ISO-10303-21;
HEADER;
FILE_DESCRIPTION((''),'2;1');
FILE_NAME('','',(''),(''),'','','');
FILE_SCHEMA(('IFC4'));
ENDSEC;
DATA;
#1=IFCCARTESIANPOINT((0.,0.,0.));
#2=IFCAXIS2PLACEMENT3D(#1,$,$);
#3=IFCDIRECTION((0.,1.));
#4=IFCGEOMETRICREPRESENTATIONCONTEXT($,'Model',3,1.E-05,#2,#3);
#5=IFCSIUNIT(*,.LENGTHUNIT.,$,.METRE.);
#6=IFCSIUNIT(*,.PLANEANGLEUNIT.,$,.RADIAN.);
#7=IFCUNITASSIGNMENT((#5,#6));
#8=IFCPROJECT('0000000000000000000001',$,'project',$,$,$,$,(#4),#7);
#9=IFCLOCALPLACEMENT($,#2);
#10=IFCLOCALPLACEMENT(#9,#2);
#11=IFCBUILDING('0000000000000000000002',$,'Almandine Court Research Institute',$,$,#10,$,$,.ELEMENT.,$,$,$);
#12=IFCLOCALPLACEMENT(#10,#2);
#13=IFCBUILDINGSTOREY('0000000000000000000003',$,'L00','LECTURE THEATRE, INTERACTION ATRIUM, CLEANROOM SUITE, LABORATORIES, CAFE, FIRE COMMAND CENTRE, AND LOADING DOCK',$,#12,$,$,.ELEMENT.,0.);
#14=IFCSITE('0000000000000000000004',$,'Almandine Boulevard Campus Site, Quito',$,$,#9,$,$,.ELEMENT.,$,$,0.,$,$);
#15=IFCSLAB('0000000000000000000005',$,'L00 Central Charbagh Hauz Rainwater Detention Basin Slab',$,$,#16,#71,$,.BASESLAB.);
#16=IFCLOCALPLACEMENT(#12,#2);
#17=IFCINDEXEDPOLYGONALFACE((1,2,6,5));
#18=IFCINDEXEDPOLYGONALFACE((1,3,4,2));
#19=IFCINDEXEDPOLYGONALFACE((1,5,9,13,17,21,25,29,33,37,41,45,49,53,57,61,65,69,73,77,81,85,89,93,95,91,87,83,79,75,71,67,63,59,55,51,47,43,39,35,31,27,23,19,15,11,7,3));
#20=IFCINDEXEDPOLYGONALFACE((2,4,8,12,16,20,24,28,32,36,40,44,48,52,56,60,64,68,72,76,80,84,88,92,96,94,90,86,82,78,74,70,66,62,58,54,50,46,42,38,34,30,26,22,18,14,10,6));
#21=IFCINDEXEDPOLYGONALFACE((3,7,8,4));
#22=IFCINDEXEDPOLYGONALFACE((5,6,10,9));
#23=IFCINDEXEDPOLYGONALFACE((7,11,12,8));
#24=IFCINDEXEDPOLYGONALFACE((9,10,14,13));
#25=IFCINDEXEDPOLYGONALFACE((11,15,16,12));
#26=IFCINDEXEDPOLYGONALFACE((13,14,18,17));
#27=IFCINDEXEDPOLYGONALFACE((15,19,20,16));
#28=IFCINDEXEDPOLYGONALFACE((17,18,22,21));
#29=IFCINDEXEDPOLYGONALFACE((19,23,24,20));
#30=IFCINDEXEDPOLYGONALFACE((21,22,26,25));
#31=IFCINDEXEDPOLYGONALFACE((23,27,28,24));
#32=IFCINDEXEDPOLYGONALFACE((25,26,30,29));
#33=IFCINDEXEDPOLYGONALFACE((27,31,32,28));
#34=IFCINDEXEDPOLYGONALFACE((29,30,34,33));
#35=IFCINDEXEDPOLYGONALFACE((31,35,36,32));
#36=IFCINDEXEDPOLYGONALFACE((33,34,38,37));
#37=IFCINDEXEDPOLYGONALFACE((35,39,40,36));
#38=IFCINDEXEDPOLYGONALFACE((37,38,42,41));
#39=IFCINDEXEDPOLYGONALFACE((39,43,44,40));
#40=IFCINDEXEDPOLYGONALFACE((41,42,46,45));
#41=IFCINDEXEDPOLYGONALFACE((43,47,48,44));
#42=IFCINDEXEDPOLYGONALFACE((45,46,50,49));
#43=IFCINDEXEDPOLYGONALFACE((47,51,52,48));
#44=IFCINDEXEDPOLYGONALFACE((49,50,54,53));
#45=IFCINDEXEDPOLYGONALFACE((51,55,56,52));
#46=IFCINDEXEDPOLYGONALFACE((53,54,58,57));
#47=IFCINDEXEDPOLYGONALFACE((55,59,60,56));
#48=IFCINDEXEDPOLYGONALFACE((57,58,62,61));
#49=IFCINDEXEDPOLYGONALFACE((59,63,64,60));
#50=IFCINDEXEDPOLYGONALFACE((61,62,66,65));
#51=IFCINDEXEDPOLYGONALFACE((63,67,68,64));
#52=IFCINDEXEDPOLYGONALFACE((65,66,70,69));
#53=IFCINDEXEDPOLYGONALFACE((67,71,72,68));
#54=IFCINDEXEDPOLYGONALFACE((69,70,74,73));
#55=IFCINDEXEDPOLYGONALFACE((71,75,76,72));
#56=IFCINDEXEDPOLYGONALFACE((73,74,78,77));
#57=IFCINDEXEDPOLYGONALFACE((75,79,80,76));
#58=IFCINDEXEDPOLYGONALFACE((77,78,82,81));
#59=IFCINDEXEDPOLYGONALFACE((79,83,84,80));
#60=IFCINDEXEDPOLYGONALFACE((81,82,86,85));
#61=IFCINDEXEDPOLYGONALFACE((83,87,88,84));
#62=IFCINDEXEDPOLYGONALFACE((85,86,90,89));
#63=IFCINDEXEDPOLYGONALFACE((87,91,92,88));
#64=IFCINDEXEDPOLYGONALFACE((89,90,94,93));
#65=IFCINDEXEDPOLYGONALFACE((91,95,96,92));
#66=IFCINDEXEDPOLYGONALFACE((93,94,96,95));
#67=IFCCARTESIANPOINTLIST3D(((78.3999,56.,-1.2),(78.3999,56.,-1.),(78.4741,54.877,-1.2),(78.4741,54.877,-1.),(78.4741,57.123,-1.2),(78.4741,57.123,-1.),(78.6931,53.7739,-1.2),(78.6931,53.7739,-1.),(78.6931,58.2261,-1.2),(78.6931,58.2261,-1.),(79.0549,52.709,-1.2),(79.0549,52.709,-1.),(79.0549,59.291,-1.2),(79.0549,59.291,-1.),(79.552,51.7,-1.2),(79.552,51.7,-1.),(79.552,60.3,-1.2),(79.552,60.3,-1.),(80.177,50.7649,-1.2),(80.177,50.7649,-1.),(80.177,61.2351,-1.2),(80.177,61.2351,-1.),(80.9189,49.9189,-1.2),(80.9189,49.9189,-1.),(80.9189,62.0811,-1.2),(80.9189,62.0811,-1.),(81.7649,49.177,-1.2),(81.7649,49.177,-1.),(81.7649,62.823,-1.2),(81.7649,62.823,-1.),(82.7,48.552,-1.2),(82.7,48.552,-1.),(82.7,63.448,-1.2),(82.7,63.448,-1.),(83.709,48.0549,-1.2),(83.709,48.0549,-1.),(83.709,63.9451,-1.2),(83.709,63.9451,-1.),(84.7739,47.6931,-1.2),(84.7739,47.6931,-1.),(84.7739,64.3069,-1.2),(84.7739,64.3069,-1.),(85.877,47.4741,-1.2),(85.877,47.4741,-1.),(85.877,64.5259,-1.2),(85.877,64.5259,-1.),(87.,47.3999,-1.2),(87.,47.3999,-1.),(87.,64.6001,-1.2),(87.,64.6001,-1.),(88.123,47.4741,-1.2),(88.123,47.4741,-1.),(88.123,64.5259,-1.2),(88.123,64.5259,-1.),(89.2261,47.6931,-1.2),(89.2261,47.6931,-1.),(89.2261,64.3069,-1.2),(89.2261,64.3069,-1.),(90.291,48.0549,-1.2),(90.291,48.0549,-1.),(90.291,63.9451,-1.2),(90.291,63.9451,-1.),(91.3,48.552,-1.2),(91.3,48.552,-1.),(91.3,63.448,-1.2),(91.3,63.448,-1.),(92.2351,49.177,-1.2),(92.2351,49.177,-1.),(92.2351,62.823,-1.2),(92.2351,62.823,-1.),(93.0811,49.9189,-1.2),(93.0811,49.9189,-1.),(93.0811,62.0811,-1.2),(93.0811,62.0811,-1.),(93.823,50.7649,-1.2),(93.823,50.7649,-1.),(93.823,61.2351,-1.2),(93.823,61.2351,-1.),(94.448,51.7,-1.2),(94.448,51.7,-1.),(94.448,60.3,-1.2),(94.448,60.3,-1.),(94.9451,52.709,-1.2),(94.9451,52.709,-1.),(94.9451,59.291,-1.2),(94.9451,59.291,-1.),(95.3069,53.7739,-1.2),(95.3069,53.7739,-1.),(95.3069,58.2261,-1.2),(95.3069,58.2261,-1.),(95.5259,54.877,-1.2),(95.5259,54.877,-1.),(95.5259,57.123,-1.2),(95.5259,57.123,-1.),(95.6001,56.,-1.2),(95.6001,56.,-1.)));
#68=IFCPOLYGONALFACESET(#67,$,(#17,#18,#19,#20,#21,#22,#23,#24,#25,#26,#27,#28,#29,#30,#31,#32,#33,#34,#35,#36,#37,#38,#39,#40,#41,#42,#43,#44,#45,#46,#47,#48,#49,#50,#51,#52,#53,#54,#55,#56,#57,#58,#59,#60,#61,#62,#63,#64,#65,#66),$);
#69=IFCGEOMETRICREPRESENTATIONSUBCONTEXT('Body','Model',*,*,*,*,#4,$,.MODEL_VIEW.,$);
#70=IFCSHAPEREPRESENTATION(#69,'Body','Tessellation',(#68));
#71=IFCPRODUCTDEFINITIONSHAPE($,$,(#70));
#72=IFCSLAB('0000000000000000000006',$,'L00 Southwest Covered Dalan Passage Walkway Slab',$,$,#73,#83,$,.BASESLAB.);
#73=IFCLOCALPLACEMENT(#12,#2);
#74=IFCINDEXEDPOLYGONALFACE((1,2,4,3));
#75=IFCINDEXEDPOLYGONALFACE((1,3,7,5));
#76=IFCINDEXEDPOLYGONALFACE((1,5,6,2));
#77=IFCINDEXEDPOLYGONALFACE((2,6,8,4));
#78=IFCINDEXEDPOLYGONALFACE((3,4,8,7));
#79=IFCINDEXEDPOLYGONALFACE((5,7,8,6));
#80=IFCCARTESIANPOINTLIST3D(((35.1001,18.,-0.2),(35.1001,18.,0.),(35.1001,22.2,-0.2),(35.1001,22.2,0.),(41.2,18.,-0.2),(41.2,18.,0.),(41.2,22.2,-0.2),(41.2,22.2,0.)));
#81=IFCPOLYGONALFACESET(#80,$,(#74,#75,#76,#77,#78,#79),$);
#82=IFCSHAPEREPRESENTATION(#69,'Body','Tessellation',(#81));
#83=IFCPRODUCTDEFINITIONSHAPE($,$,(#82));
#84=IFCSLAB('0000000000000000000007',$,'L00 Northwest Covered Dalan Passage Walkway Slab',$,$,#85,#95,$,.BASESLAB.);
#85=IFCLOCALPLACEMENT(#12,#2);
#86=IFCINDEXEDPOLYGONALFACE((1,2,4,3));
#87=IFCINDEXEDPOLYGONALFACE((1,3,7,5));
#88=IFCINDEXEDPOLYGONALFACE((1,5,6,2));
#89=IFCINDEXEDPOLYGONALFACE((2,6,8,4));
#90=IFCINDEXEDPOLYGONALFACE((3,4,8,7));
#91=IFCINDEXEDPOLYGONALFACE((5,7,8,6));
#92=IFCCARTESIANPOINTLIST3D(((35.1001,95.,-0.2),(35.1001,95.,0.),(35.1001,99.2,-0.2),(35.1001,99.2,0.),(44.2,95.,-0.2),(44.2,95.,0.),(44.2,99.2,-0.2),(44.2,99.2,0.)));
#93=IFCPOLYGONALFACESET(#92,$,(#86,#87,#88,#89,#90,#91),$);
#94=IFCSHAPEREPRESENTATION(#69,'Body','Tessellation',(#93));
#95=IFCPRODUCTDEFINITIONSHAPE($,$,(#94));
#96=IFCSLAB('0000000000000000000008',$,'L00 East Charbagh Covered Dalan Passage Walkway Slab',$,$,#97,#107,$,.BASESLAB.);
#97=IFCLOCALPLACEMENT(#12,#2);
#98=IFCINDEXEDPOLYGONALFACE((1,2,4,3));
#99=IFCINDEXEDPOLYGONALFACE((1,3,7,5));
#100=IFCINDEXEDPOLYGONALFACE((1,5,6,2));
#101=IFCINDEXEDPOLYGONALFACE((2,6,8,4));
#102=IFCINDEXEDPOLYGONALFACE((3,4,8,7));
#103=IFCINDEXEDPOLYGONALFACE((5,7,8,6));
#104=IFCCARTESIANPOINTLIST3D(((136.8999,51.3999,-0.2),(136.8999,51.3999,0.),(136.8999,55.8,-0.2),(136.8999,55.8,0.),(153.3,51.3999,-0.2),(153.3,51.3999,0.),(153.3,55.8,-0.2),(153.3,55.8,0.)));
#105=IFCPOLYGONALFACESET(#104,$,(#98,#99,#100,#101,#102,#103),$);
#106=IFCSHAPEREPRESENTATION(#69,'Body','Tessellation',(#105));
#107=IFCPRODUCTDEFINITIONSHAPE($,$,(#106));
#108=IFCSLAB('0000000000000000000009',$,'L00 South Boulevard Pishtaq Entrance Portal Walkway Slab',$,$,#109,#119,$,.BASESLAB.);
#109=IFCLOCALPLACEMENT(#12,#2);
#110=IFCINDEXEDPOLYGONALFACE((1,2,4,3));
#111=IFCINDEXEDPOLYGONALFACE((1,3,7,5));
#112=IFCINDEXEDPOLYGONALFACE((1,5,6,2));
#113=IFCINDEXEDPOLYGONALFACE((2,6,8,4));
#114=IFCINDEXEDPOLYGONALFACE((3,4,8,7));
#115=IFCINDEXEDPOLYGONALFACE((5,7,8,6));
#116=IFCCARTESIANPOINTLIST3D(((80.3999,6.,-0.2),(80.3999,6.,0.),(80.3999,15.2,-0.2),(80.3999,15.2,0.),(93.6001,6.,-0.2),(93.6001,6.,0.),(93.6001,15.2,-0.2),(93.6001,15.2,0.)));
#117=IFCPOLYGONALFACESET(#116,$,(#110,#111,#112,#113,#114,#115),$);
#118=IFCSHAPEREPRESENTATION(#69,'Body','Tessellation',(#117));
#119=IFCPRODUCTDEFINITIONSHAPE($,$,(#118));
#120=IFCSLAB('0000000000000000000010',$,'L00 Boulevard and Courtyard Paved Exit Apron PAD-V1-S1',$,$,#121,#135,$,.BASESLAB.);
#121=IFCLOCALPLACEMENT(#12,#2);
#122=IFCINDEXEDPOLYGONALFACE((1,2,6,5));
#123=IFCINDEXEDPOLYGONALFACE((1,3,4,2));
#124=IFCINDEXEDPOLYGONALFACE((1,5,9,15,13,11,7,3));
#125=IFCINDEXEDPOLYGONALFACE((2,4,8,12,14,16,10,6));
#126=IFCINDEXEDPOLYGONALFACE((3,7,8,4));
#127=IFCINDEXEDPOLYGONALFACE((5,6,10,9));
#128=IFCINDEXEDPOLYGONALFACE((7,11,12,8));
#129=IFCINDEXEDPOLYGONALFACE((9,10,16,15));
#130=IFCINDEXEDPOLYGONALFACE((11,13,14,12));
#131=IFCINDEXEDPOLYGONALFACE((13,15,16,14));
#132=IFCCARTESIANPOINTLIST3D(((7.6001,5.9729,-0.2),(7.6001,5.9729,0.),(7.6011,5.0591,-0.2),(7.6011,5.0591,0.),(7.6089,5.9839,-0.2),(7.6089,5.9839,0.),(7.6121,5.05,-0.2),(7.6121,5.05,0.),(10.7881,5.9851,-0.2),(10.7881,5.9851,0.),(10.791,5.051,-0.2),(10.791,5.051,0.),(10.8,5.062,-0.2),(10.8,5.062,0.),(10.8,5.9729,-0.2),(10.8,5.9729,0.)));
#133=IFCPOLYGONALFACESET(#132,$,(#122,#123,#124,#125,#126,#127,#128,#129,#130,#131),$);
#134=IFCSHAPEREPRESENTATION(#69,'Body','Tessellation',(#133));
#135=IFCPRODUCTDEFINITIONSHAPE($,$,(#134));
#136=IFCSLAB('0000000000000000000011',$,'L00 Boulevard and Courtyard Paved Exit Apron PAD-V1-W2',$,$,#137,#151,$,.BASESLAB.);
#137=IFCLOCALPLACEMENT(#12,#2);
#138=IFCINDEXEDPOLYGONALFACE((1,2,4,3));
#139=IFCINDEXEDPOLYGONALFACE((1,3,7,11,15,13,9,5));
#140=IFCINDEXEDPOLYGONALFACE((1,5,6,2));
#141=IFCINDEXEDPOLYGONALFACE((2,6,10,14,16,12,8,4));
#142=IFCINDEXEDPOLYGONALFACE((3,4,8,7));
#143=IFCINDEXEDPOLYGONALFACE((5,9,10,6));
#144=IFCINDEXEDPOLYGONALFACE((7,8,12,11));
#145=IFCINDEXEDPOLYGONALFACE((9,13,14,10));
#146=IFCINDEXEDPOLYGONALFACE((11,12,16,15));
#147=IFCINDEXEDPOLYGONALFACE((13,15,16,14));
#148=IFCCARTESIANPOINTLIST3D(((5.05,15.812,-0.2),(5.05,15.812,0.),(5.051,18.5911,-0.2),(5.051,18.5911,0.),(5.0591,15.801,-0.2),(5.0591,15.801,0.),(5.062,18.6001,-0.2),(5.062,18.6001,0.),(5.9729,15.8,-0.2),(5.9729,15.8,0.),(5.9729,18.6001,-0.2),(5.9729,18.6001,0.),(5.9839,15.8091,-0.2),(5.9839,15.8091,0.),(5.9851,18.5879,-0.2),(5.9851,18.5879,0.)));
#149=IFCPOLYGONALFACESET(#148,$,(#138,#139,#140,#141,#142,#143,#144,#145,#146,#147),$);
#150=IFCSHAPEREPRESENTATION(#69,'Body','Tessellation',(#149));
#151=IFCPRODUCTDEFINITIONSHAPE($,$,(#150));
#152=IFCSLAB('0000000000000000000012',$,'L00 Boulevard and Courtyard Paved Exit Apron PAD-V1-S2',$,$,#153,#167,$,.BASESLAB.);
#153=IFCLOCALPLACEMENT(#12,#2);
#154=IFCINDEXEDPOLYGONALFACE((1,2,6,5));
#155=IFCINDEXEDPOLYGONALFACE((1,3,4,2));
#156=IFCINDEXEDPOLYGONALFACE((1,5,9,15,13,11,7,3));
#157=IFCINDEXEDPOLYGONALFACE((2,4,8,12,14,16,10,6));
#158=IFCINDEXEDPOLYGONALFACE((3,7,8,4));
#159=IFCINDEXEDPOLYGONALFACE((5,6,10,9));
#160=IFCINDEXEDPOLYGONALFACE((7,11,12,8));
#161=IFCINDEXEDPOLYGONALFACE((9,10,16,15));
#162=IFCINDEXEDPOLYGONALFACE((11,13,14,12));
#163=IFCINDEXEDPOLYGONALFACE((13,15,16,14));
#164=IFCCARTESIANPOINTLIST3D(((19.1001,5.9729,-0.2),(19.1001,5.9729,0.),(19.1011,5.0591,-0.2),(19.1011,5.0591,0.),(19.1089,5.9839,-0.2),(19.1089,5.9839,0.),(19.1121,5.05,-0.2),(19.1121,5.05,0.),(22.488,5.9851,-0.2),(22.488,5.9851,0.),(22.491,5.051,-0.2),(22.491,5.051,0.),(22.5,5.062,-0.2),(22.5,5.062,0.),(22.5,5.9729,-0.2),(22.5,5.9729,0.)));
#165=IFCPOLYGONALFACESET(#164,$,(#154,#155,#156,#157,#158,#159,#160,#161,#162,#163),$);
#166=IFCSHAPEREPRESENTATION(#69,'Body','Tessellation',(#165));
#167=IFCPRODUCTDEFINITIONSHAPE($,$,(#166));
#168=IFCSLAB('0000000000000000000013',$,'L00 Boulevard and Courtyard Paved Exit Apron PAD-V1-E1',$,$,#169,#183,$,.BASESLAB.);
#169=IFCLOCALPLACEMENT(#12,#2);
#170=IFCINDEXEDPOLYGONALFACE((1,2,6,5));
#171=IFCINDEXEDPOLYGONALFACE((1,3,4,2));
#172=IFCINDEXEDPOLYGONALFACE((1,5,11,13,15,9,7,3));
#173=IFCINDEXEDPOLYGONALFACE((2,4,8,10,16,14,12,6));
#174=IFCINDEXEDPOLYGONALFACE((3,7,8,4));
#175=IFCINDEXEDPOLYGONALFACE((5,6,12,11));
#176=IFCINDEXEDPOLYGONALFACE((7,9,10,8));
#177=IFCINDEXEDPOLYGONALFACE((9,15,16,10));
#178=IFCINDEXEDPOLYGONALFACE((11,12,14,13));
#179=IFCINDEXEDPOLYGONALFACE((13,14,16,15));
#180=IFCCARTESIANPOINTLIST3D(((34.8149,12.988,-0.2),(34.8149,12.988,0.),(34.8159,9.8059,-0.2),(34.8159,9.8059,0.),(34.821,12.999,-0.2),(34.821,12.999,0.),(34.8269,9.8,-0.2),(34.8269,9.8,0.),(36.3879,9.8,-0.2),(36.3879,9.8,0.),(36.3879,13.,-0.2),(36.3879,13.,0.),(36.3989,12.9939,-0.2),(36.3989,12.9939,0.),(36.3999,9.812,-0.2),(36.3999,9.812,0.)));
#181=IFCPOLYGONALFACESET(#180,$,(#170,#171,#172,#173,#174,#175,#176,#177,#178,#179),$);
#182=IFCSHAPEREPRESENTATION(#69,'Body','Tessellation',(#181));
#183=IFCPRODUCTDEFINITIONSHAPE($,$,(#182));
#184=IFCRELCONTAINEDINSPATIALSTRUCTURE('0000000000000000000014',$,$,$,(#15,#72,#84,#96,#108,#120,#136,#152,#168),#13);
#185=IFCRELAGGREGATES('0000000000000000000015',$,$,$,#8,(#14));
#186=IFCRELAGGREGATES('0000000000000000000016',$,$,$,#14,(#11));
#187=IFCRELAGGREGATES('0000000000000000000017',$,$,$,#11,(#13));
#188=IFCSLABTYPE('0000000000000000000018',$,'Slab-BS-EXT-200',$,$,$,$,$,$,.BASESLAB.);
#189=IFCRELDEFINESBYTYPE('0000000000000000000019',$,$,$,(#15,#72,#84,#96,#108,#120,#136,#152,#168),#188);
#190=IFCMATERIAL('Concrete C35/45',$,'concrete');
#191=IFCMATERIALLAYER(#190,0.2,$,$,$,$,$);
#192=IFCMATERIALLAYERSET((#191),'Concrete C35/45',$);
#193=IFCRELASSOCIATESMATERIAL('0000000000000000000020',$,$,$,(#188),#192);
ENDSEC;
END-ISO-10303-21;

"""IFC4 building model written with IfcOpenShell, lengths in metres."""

from ifc_helpers import new_model, si_unit, direction, frame, origin, place, context, subcontext, project, spatial, polyline, outline, extrude, material, layer, layer_set, type_object, element, save


model = new_model("IFC4")

# Units and contexts
model_context = context("Model", 3, precision=1e-05, world=origin(), true_north=direction((0.0, 1.0)))
body_context = subcontext(model_context, "Body", "Model", "MODEL_VIEW")
ifc_project = project(units=[si_unit("LENGTHUNIT", "METRE"), si_unit("PLANEANGLEUNIT", "RADIAN")], contexts=[model_context])

# Site, building, storey
site_placement = place(None, origin())
site = spatial("IfcSite", under=ifc_project, at=site_placement, Name="Almandine Boulevard Campus Site, Quito", CompositionType="ELEMENT", RefElevation=0.0)
building_placement = place(site_placement, origin())
building = spatial("IfcBuilding", under=site, at=building_placement, Name="Almandine Court Research Institute", CompositionType="ELEMENT")
storey_placement = place(building_placement, origin())
storey = spatial("IfcBuildingStorey", under=building, at=storey_placement, Name="L00", Description="LECTURE THEATRE, INTERACTION ATRIUM, CLEANROOM SUITE, LABORATORIES, CAFE, FIRE COMMAND CENTRE, AND LOADING DOCK", CompositionType="ELEMENT", Elevation=0.0)

# Slabs
ifc_material = material(Name="Concrete C35/45", Category="concrete")
ifc_layer_1 = layer(ifc_material, 0.2)
ifc_layer_set_1 = layer_set([ifc_layer_1], Name="Concrete C35/45")
slab_type_1 = type_object("IfcSlabType", Name="Slab-BS-EXT-200", PredefinedType="BASESLAB", material=ifc_layer_set_1)
slab_1_placement = place(storey_placement, frame((0.0, 0.0, -1.2)))
element("IfcSlab", 1, at=slab_1_placement, inside=storey, type_object=slab_type_1, Name="L00 Central Charbagh Hauz Rainwater Detention Basin Slab", PredefinedType="BASESLAB", context=body_context, shape_type="SweptSolid", body=[
    extrude(outline(polyline([(95.6001, 56.0), (95.5259, 57.123), (95.3069, 58.2261), (94.9451, 59.291), (94.448, 60.3), (93.823, 61.2351), (93.0811, 62.0811), (92.2351, 62.823), (91.3, 63.448), (90.291, 63.9451), (89.2261, 64.3069), (88.123, 64.5259), (87.0, 64.6001), (85.877, 64.5259), (84.7739, 64.3069), (83.709, 63.9451), (82.7, 63.448), (81.7649, 62.823), (80.9189, 62.0811), (80.177, 61.2351), (79.552, 60.3), (79.0549, 59.291), (78.6931, 58.2261), (78.4741, 57.123), (78.3999, 56.0), (78.4741, 54.877), (78.6931, 53.7739), (79.0549, 52.709), (79.552, 51.7), (80.177, 50.7649), (80.9189, 49.9189), (81.7649, 49.177), (82.7, 48.552), (83.709, 48.0549), (84.7739, 47.6931), (85.877, 47.4741), (87.0, 47.3999), (88.123, 47.4741), (89.2261, 47.6931), (90.291, 48.0549), (91.3, 48.552), (92.2351, 49.177), (93.0811, 49.9189), (93.823, 50.7649), (94.448, 51.7), (94.9451, 52.709), (95.3069, 53.7739), (95.5259, 54.877), (95.6001, 56.0)])), origin(), (0.0, 0.0, 1.0), 0.2),
])
slab_2_placement = place(storey_placement, frame((0.0, 0.0, -0.2)))
element("IfcSlab", 2, at=slab_2_placement, inside=storey, type_object=slab_type_1, Name="L00 Southwest Covered Dalan Passage Walkway Slab", PredefinedType="BASESLAB", context=body_context, shape_type="SweptSolid", body=[
    extrude(outline(polyline([(35.1001, 18.0), (41.2, 18.0), (41.2, 22.2), (35.1001, 22.2), (35.1001, 18.0)])), origin(), (0.0, 0.0, 1.0), 0.2),
])
slab_3_placement = place(storey_placement, frame((0.0, 0.0, -0.2)))
element("IfcSlab", 3, at=slab_3_placement, inside=storey, type_object=slab_type_1, Name="L00 Northwest Covered Dalan Passage Walkway Slab", PredefinedType="BASESLAB", context=body_context, shape_type="SweptSolid", body=[
    extrude(outline(polyline([(35.1001, 95.0), (44.2, 95.0), (44.2, 99.2), (35.1001, 99.2), (35.1001, 95.0)])), origin(), (0.0, 0.0, 1.0), 0.2),
])
slab_4_placement = place(storey_placement, frame((0.0, 0.0, -0.2)))
element("IfcSlab", 4, at=slab_4_placement, inside=storey, type_object=slab_type_1, Name="L00 East Charbagh Covered Dalan Passage Walkway Slab", PredefinedType="BASESLAB", context=body_context, shape_type="SweptSolid", body=[
    extrude(outline(polyline([(136.8999, 51.3999), (153.3, 51.3999), (153.3, 55.8), (136.8999, 55.8), (136.8999, 51.3999)])), origin(), (0.0, 0.0, 1.0), 0.2),
])
slab_5_placement = place(storey_placement, frame((0.0, 0.0, -0.2)))
element("IfcSlab", 5, at=slab_5_placement, inside=storey, type_object=slab_type_1, Name="L00 South Boulevard Pishtaq Entrance Portal Walkway Slab", PredefinedType="BASESLAB", context=body_context, shape_type="SweptSolid", body=[
    extrude(outline(polyline([(80.3999, 6.0), (93.6001, 6.0), (93.6001, 15.2), (80.3999, 15.2), (80.3999, 6.0)])), origin(), (0.0, 0.0, 1.0), 0.2),
])
slab_6_placement = place(storey_placement, frame((0.0, 0.0, -0.2)))
element("IfcSlab", 6, at=slab_6_placement, inside=storey, type_object=slab_type_1, Name="L00 Boulevard and Courtyard Paved Exit Apron PAD-V1-S1", PredefinedType="BASESLAB", context=body_context, shape_type="SweptSolid", body=[
    extrude(outline(polyline([(10.7881, 5.9851), (10.8, 5.9729), (10.8, 5.062), (10.791, 5.051), (7.6121, 5.05), (7.6011, 5.0591), (7.6001, 5.9729), (7.6089, 5.9839), (10.7881, 5.9851)])), origin(), (0.0, 0.0, 1.0), 0.2),
])
slab_7_placement = place(storey_placement, frame((0.0, 0.0, -0.2)))
element("IfcSlab", 7, at=slab_7_placement, inside=storey, type_object=slab_type_1, Name="L00 Boulevard and Courtyard Paved Exit Apron PAD-V1-W2", PredefinedType="BASESLAB", context=body_context, shape_type="SweptSolid", body=[
    extrude(outline(polyline([(5.9729, 18.6001), (5.9851, 18.5879), (5.9839, 15.8091), (5.9729, 15.8), (5.0591, 15.801), (5.05, 15.812), (5.051, 18.5911), (5.062, 18.6001), (5.9729, 18.6001)])), origin(), (0.0, 0.0, 1.0), 0.2),
])
slab_8_placement = place(storey_placement, frame((0.0, 0.0, -0.2)))
element("IfcSlab", 8, at=slab_8_placement, inside=storey, type_object=slab_type_1, Name="L00 Boulevard and Courtyard Paved Exit Apron PAD-V1-S2", PredefinedType="BASESLAB", context=body_context, shape_type="SweptSolid", body=[
    extrude(outline(polyline([(22.488, 5.9851), (22.5, 5.9729), (22.5, 5.062), (22.491, 5.051), (19.1121, 5.05), (19.1011, 5.0591), (19.1001, 5.9729), (19.1089, 5.9839), (22.488, 5.9851)])), origin(), (0.0, 0.0, 1.0), 0.2),
])
slab_9_placement = place(storey_placement, frame((0.0, 0.0, -0.2)))
element("IfcSlab", 9, at=slab_9_placement, inside=storey, type_object=slab_type_1, Name="L00 Boulevard and Courtyard Paved Exit Apron PAD-V1-E1", PredefinedType="BASESLAB", context=body_context, shape_type="SweptSolid", body=[
    extrude(outline(polyline([(36.3999, 9.812), (36.3879, 9.8), (34.8269, 9.8), (34.8159, 9.8059), (34.8149, 12.988), (34.821, 12.999), (36.3879, 13.0), (36.3989, 12.9939), (36.3999, 9.812)])), origin(), (0.0, 0.0, 1.0), 0.2),
])

save(model, "model.ifc")
